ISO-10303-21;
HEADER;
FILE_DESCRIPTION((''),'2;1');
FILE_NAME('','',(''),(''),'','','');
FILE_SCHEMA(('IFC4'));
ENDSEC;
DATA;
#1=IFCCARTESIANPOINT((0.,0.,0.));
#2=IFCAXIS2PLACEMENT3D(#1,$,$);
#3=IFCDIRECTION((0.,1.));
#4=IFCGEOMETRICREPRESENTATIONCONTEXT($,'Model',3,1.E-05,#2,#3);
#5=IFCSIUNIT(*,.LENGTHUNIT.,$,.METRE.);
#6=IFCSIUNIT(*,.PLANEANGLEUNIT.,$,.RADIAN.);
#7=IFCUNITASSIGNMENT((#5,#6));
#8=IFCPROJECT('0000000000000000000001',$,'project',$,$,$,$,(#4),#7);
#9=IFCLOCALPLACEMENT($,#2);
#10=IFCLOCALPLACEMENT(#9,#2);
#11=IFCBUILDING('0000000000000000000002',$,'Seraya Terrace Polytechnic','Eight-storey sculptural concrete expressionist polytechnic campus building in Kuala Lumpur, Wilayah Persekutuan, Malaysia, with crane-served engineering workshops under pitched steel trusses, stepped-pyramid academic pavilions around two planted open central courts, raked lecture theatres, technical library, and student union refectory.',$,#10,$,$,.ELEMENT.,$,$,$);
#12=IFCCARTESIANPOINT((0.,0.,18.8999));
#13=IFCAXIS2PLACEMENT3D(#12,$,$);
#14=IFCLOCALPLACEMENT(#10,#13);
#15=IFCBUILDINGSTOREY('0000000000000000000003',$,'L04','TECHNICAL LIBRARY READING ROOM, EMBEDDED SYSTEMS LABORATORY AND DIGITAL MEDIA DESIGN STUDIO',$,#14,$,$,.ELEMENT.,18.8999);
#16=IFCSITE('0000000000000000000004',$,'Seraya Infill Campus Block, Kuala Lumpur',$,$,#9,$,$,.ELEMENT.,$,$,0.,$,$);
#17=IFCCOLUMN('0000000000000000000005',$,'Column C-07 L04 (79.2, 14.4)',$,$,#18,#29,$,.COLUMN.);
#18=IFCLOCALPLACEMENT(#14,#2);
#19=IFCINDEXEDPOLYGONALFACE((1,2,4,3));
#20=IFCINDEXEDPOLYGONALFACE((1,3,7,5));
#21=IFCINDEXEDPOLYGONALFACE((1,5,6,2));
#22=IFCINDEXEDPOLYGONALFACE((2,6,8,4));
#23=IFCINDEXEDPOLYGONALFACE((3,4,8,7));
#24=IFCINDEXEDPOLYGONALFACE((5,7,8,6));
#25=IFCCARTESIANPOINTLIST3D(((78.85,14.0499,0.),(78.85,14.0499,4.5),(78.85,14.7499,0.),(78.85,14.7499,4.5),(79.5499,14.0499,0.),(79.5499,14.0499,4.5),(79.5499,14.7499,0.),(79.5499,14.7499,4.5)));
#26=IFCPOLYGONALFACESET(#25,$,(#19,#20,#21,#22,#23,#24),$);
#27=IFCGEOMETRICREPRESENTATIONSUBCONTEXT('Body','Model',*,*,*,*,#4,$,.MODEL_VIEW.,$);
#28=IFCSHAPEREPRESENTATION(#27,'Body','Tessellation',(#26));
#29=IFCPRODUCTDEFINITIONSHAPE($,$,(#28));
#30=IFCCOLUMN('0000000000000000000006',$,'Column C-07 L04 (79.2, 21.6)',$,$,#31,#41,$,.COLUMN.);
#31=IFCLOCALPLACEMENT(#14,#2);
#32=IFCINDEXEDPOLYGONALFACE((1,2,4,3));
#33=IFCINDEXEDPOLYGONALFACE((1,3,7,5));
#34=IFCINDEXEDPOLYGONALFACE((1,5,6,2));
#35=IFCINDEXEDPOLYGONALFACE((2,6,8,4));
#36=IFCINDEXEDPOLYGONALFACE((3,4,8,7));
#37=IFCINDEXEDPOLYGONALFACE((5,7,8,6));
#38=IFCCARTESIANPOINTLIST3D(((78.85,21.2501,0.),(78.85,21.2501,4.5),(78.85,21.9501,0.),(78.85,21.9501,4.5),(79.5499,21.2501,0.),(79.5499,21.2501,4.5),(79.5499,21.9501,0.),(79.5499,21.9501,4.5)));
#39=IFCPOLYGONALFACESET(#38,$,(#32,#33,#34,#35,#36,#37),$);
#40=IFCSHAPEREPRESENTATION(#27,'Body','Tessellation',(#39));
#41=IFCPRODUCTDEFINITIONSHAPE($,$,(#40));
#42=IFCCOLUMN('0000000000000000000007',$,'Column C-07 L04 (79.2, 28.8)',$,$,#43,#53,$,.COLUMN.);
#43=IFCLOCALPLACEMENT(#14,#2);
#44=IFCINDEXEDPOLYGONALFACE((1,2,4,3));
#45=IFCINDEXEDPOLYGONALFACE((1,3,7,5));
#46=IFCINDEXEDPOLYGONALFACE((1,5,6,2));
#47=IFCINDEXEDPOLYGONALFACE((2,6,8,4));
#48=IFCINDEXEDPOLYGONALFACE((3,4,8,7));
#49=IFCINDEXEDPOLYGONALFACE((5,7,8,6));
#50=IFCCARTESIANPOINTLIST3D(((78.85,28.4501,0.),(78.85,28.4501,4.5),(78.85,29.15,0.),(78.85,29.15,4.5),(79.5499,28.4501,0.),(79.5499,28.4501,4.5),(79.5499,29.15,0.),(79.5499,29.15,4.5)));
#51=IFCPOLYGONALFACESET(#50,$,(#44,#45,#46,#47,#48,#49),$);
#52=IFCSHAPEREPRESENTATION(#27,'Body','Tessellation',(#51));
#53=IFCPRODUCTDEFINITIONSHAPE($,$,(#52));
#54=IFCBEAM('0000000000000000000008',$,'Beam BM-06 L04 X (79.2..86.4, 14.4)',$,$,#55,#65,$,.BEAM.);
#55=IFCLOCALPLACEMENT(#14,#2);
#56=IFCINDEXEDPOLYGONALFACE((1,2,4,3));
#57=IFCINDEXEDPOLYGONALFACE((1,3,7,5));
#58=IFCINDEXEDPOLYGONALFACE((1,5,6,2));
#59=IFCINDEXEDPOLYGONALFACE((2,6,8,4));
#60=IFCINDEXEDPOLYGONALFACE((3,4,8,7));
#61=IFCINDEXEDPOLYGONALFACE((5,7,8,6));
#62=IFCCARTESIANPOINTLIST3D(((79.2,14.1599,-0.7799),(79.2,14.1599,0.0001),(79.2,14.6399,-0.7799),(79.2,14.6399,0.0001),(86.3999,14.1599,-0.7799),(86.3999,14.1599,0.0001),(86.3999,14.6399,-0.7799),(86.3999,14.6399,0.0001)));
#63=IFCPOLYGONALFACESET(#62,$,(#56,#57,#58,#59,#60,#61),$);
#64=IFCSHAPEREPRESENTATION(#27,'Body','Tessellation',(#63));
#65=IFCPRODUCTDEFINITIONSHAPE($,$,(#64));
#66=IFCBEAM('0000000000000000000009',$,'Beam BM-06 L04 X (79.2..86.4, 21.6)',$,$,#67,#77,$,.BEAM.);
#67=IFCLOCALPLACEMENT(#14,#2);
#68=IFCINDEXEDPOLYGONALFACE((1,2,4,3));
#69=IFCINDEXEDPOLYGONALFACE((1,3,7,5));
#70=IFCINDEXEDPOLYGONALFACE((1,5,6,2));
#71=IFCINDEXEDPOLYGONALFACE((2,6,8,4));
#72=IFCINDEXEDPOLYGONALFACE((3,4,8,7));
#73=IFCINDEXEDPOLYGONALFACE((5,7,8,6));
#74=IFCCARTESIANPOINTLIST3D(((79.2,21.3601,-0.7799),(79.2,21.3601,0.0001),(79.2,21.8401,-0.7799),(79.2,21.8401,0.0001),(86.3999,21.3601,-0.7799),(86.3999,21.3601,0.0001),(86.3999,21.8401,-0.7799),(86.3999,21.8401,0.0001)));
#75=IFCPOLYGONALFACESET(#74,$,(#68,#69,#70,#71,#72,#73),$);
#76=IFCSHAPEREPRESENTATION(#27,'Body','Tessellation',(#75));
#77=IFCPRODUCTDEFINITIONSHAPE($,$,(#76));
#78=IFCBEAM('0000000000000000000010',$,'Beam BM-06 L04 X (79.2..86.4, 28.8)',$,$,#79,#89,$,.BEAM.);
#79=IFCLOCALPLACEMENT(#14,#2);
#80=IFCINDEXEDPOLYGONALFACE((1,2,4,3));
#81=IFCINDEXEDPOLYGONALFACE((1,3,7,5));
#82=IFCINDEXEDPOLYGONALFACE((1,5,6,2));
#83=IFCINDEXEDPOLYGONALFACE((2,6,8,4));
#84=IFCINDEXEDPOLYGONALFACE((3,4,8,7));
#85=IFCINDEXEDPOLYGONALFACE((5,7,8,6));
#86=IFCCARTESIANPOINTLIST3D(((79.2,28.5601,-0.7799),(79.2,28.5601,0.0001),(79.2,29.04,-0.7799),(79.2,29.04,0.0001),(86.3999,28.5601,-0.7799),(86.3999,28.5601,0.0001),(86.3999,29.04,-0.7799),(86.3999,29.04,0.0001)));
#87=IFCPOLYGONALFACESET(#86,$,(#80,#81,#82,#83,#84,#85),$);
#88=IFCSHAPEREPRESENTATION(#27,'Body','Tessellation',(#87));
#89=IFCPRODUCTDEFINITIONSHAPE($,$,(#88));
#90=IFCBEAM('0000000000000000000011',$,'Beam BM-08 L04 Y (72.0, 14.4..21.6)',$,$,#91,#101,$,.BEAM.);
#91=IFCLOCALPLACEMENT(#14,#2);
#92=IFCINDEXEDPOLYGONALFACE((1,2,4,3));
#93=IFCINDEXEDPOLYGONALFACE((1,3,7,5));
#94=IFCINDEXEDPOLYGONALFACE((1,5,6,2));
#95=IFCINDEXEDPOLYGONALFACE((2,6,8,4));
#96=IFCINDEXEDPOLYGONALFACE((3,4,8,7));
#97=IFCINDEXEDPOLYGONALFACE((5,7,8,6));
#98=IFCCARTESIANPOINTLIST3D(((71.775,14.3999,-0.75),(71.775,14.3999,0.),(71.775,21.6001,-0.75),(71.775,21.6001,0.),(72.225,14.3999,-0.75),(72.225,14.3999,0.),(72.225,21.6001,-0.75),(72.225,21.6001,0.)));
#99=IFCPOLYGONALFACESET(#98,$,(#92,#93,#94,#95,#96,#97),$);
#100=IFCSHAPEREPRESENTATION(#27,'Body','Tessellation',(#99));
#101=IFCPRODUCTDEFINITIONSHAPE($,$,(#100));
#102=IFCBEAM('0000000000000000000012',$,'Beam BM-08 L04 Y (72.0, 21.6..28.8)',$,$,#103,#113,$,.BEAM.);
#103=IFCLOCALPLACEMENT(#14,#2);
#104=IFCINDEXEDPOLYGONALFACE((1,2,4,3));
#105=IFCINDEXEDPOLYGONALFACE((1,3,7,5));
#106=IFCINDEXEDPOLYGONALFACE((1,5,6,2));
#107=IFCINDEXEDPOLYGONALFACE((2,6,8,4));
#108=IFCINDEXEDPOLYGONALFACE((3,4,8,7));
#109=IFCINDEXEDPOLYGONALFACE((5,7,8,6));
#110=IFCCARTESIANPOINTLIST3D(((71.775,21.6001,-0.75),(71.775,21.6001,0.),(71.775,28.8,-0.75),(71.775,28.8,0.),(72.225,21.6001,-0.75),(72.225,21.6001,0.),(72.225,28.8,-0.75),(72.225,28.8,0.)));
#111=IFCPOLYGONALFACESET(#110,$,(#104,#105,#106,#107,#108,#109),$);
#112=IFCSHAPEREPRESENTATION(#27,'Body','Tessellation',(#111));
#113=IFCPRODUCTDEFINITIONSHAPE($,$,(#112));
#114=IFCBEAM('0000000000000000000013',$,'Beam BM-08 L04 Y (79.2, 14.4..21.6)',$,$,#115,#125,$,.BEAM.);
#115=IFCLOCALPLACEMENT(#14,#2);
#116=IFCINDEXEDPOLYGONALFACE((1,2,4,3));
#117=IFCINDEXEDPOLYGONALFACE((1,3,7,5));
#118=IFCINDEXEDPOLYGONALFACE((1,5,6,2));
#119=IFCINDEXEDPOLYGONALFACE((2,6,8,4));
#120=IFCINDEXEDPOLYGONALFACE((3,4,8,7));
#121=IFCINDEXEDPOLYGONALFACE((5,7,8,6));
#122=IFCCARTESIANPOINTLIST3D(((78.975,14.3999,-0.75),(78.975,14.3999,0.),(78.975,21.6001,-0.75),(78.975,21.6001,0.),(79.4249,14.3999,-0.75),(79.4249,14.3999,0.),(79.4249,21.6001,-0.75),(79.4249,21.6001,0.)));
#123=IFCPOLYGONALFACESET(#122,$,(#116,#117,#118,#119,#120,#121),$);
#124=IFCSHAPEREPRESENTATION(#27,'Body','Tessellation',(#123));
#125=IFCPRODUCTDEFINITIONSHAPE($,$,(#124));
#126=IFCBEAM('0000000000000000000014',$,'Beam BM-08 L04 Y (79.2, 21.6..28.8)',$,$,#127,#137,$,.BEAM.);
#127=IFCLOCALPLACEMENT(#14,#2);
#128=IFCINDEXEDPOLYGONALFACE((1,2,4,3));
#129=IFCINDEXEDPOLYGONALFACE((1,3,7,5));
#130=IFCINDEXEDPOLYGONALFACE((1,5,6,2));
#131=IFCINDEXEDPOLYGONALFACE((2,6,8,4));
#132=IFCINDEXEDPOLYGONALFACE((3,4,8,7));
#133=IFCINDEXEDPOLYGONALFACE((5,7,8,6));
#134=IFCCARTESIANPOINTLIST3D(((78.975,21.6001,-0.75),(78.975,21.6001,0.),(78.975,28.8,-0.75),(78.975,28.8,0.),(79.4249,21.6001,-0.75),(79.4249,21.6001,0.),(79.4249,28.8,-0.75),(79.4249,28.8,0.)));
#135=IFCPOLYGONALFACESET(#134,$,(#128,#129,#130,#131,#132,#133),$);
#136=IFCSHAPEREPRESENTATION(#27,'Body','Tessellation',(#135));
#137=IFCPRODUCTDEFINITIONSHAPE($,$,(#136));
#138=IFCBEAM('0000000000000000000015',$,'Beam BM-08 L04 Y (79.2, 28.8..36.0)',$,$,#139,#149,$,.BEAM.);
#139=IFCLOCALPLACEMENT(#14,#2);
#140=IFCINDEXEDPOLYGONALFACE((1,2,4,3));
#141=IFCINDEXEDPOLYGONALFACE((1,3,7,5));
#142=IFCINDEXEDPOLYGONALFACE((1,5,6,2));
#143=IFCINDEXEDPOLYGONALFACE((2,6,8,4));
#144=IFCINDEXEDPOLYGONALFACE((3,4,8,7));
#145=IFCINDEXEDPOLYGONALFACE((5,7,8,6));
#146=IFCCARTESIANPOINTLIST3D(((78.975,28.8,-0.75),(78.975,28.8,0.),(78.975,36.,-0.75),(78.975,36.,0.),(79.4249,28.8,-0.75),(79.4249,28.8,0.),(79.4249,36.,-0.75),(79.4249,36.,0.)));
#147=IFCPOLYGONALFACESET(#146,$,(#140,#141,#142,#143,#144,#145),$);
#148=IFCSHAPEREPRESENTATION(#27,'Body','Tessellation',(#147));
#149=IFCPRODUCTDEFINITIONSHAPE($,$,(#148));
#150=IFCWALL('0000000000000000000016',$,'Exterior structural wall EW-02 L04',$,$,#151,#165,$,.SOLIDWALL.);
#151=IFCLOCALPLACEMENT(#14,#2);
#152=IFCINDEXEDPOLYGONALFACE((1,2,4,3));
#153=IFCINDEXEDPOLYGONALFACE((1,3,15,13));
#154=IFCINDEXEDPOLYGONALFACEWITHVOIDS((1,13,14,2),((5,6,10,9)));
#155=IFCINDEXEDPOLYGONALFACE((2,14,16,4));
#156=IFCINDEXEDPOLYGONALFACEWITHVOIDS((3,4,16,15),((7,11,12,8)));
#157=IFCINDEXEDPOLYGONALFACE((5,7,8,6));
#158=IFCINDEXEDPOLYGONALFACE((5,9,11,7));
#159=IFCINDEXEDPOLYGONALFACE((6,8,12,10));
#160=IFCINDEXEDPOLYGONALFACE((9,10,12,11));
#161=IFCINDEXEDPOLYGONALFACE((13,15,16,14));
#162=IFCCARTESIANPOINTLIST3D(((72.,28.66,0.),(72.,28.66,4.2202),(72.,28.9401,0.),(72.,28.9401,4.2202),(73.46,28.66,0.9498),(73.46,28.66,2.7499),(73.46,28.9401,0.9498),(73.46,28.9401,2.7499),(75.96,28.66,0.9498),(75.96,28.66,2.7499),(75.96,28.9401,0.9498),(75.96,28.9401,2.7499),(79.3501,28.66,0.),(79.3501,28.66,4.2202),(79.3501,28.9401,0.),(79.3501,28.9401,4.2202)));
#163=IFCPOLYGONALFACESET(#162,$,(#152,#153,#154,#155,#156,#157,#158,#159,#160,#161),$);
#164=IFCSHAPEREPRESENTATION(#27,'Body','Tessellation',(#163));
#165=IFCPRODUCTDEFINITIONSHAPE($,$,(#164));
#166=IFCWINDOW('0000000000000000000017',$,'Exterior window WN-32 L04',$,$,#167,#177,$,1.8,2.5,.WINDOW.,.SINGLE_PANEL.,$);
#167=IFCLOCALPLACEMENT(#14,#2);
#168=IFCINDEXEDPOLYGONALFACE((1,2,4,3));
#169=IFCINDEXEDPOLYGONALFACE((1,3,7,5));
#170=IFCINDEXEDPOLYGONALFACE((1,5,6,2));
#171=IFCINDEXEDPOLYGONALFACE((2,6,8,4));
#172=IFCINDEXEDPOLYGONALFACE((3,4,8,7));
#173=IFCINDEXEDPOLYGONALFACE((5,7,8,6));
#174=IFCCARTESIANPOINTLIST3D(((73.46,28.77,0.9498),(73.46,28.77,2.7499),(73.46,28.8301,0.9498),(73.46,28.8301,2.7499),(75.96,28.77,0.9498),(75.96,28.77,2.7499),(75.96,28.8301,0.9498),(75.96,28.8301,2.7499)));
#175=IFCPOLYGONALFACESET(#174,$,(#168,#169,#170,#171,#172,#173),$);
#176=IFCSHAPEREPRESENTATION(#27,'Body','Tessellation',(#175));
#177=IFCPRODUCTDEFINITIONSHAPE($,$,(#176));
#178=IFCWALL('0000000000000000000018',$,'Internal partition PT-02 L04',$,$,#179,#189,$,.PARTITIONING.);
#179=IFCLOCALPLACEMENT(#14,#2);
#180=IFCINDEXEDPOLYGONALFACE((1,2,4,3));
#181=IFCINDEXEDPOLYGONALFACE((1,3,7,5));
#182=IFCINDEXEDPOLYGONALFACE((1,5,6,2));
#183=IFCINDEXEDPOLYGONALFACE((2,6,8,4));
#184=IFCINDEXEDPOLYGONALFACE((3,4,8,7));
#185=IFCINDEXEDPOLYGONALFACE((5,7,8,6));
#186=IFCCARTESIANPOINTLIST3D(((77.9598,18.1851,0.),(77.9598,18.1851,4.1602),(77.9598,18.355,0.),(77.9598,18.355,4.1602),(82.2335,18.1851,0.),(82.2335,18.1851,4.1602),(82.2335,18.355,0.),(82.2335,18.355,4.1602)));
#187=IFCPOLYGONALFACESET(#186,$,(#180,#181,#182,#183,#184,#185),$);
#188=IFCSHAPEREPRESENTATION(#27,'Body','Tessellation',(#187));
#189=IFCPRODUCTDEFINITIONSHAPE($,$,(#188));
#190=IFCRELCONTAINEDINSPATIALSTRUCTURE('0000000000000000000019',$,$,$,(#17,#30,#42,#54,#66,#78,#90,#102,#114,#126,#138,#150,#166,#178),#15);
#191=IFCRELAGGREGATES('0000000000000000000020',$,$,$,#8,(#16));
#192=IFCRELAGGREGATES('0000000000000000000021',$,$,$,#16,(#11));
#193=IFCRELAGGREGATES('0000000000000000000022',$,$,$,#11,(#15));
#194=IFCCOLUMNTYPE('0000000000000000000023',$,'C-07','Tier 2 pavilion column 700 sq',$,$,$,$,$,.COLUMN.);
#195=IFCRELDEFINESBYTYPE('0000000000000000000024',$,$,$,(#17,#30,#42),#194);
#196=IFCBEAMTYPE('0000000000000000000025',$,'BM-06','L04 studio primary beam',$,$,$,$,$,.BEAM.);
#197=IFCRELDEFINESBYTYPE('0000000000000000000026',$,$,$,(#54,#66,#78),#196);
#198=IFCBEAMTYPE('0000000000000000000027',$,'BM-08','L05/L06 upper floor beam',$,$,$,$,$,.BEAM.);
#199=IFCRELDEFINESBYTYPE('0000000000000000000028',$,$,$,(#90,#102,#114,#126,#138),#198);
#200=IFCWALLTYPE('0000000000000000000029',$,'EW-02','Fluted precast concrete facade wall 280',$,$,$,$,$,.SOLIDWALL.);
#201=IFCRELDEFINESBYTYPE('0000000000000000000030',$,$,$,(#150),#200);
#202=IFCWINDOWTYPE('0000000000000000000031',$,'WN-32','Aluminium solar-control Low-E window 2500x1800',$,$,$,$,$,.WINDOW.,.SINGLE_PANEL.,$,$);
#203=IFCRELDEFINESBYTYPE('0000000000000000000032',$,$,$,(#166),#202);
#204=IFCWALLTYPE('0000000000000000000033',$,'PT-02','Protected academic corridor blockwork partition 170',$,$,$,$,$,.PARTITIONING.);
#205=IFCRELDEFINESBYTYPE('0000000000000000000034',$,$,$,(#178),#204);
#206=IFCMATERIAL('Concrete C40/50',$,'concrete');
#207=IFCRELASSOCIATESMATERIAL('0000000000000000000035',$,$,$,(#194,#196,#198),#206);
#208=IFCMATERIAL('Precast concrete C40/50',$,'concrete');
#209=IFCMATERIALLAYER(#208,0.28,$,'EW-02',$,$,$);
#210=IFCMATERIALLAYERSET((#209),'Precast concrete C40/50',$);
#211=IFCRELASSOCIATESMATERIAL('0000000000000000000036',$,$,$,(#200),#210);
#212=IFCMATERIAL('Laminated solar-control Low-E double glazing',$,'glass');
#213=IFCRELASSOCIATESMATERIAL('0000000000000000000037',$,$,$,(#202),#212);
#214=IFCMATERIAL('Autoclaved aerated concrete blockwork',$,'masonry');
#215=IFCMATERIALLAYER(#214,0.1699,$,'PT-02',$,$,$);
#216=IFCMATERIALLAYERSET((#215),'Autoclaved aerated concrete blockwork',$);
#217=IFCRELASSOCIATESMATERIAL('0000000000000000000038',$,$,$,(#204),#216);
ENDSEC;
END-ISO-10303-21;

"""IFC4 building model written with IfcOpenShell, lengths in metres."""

from ifc_helpers import new_model, si_unit, direction, frame, frame_2d, origin, origin_2d, place, context, subcontext, project, spatial, rectangle, extrude, material, layer, layer_set, material_profile, profile_set, type_object, element, fill, save


model = new_model("IFC4")

# Units and contexts
model_context = context("Model", 3, precision=1e-05, world=origin(), true_north=direction((0.0, 1.0)))
body_context = subcontext(model_context, "Body", "Model", "MODEL_VIEW")
ifc_project = project(units=[si_unit("LENGTHUNIT", "METRE"), si_unit("PLANEANGLEUNIT", "RADIAN")], contexts=[model_context])

# Site, building, storey
site_placement = place(None, origin())
site = spatial("IfcSite", under=ifc_project, at=site_placement, Name="Seraya Infill Campus Block, Kuala Lumpur", CompositionType="ELEMENT", RefElevation=0.0)
building_placement = place(site_placement, origin())
building = spatial("IfcBuilding", under=site, at=building_placement, Name="Seraya Terrace Polytechnic", Description="Eight-storey sculptural concrete expressionist polytechnic campus building in Kuala Lumpur, Wilayah Persekutuan, Malaysia, with crane-served engineering workshops under pitched steel trusses, stepped-pyramid academic pavilions around two planted open central courts, raked lecture theatres, technical library, and student union refectory.", CompositionType="ELEMENT")
storey_placement = place(building_placement, frame((0.0, 0.0, 18.8999)))
storey = spatial("IfcBuildingStorey", under=building, at=storey_placement, Name="L04", Description="TECHNICAL LIBRARY READING ROOM, EMBEDDED SYSTEMS LABORATORY AND DIGITAL MEDIA DESIGN STUDIO", CompositionType="ELEMENT", Elevation=18.8999)

# Columns
ifc_material_1 = material(Name="Concrete C40/50", Category="concrete")
ifc_material_profile_1 = material_profile(ifc_material_1, rectangle(XDim=0.7, YDim=0.7, at=origin_2d()), Name="RC 700x700")
ifc_profile_set_1 = profile_set([ifc_material_profile_1], Name="Concrete C40/50")
column_type = type_object("IfcColumnType", Name="C-07", Description="Tier 2 pavilion column 700 sq", PredefinedType="COLUMN", material=ifc_profile_set_1)
for number, where, z_axis, x_axis, name in (
    (1, (79.2, 14.3999, 0.0), (0.0, 0.0, 1.0), (1.0, 0.0, 0.0), "Column C-07 L04 (79.2, 14.4)"),
    (2, (79.2, 21.6001, 0.0), (0.0, 0.0, 1.0), (1.0, 0.0, 0.0), "Column C-07 L04 (79.2, 21.6)"),
    (3, (79.2, 28.8, 0.0), (0.0, 0.0, 1.0), (1.0, 0.0, 0.0), "Column C-07 L04 (79.2, 28.8)"),
):
    element("IfcColumn", number, at=place(storey_placement, frame(where, z_axis=z_axis, x_axis=x_axis)), inside=storey, type_object=column_type, Name=name, PredefinedType="COLUMN", context=body_context, shape_type="SweptSolid", body=[
        extrude(rectangle(XDim=0.7, YDim=0.7, at=origin_2d()), origin(), (0.0, 0.0, 1.0), 4.5),
    ])

# Beams
ifc_material_profile_2 = material_profile(ifc_material_1, rectangle(XDim=0.48, YDim=0.78, at=origin_2d()), Name="RC 480x780")
ifc_profile_set_2 = profile_set([ifc_material_profile_2], Name="Concrete C40/50")
beam_type_1 = type_object("IfcBeamType", Name="BM-06", Description="L04 studio primary beam", PredefinedType="BEAM", material=ifc_profile_set_2)
for number, where, z_axis, x_axis, name in (
    (4, (79.2, 14.3999, -0.3899), (1.0, 0.0, 0.0), (0.0, 1.0, 0.0), "Beam BM-06 L04 X (79.2..86.4, 14.4)"),
    (5, (79.2, 21.6001, -0.3899), (1.0, 0.0, 0.0), (0.0, 1.0, 0.0), "Beam BM-06 L04 X (79.2..86.4, 21.6)"),
    (6, (79.2, 28.8, -0.3899), (1.0, 0.0, 0.0), (0.0, 1.0, 0.0), "Beam BM-06 L04 X (79.2..86.4, 28.8)"),
):
    element("IfcBeam", number, at=place(storey_placement, frame(where, z_axis=z_axis, x_axis=x_axis)), inside=storey, type_object=beam_type_1, Name=name, PredefinedType="BEAM", context=body_context, shape_type="SweptSolid", body=[
        extrude(rectangle(XDim=0.48, YDim=0.78, at=origin_2d()), origin(), (0.0, 0.0, 1.0), 7.2),
    ])
ifc_material_profile_3 = material_profile(ifc_material_1, rectangle(XDim=0.45, YDim=0.75, at=origin_2d()), Name="RC 450x750")
ifc_profile_set_3 = profile_set([ifc_material_profile_3], Name="Concrete C40/50")
beam_type_2 = type_object("IfcBeamType", Name="BM-08", Description="L05/L06 upper floor beam", PredefinedType="BEAM", material=ifc_profile_set_3)
beam_1_placement = place(storey_placement, frame((72.0, 14.3999, -0.375), z_axis=(0.0, 1.0, 0.0), x_axis=(-1.0, 0.0, 0.0)))
element("IfcBeam", 7, at=beam_1_placement, inside=storey, type_object=beam_type_2, Name="Beam BM-08 L04 Y (72.0, 14.4..21.6)", PredefinedType="BEAM", context=body_context, shape_type="SweptSolid", body=[
    extrude(rectangle(XDim=0.45, YDim=0.75, at=origin_2d()), origin(), (0.0, 0.0, 1.0), 7.2002),
])
beam_2_placement = place(storey_placement, frame((72.0, 21.6001, -0.375), z_axis=(0.0, 1.0, 0.0), x_axis=(-1.0, 0.0, 0.0)))
element("IfcBeam", 8, at=beam_2_placement, inside=storey, type_object=beam_type_2, Name="Beam BM-08 L04 Y (72.0, 21.6..28.8)", PredefinedType="BEAM", context=body_context, shape_type="SweptSolid", body=[
    extrude(rectangle(XDim=0.45, YDim=0.75, at=origin_2d()), origin(), (0.0, 0.0, 1.0), 7.2),
])
beam_3_placement = place(storey_placement, frame((79.2, 14.3999, -0.375), z_axis=(0.0, 1.0, 0.0), x_axis=(-1.0, 0.0, 0.0)))
element("IfcBeam", 9, at=beam_3_placement, inside=storey, type_object=beam_type_2, Name="Beam BM-08 L04 Y (79.2, 14.4..21.6)", PredefinedType="BEAM", context=body_context, shape_type="SweptSolid", body=[
    extrude(rectangle(XDim=0.45, YDim=0.75, at=origin_2d()), origin(), (0.0, 0.0, 1.0), 7.2002),
])
for number, where, z_axis, x_axis, name in (
    (10, (79.2, 21.6001, -0.375), (0.0, 1.0, 0.0), (-1.0, 0.0, 0.0), "Beam BM-08 L04 Y (79.2, 21.6..28.8)"),
    (11, (79.2, 28.8, -0.375), (0.0, 1.0, 0.0), (-1.0, 0.0, 0.0), "Beam BM-08 L04 Y (79.2, 28.8..36.0)"),
):
    element("IfcBeam", number, at=place(storey_placement, frame(where, z_axis=z_axis, x_axis=x_axis)), inside=storey, type_object=beam_type_2, Name=name, PredefinedType="BEAM", context=body_context, shape_type="SweptSolid", body=[
        extrude(rectangle(XDim=0.45, YDim=0.75, at=origin_2d()), origin(), (0.0, 0.0, 1.0), 7.2),
    ])

# Wall, opening, window
ifc_material_2 = material(Name="Precast concrete C40/50", Category="concrete")
ifc_layer_1 = layer(ifc_material_2, 0.28, Name="EW-02")
ifc_layer_set_1 = layer_set([ifc_layer_1], Name="Precast concrete C40/50")
wall_type_1 = type_object("IfcWallType", Name="EW-02", Description="Fluted precast concrete facade wall 280", PredefinedType="SOLIDWALL", material=ifc_layer_set_1)
wall_1_placement = place(storey_placement, frame((72.0, 28.8, 0.0), z_axis=(0.0, 0.0, 1.0), x_axis=(1.0, 0.0, 0.0)))
wall_1 = element("IfcWall", 12, at=wall_1_placement, inside=storey, type_object=wall_type_1, Name="Exterior structural wall EW-02 L04", PredefinedType="SOLIDWALL", context=body_context, shape_type="SweptSolid", body=[
    extrude(rectangle(XDim=7.3501, YDim=0.28, at=frame_2d((3.675, 0.0))), origin(), (0.0, 0.0, 1.0), 4.2202),
])
opening_1_placement = place(wall_1_placement, frame((1.46, 0.0, 0.95)))
opening_1 = element("IfcOpeningElement", 13, at=opening_1_placement, cuts=wall_1, PredefinedType="OPENING", context=body_context, shape_type="SweptSolid", body=[
    extrude(rectangle(XDim=2.5, YDim=1.8, at=frame_2d((1.25, 0.8999))), frame((0.0, 0.1519, 0.0), z_axis=(0.0, -1.0, 0.0), x_axis=(1.0, 0.0, 0.0)), (0.0, 0.0, 1.0), 0.304),
])
ifc_material_3 = material(Name="Laminated solar-control Low-E double glazing", Category="glass")
window_type_1 = type_object("IfcWindowType", Name="WN-32", Description="Aluminium solar-control Low-E window 2500x1800", PartitioningType="SINGLE_PANEL", PredefinedType="WINDOW", material=ifc_material_3)
window_1_placement = place(opening_1_placement, origin())
window_1 = element("IfcWindow", 14, at=window_1_placement, inside=storey, type_object=window_type_1, Name="Exterior window WN-32 L04", OverallHeight=1.8, OverallWidth=2.5, PartitioningType="SINGLE_PANEL", PredefinedType="WINDOW", context=body_context, shape_type="SweptSolid", body=[
    extrude(rectangle(XDim=2.5, YDim=1.8, at=frame_2d((1.25, 0.8999))), frame((0.0, 0.03, 0.0), z_axis=(0.0, -1.0, 0.0), x_axis=(1.0, 0.0, 0.0)), (0.0, 0.0, 1.0), 0.0601),
])
fill(opening_1, window_1)

# Wall
ifc_material_4 = material(Name="Autoclaved aerated concrete blockwork", Category="masonry")
ifc_layer_2 = layer(ifc_material_4, 0.1699, Name="PT-02")
ifc_layer_set_2 = layer_set([ifc_layer_2], Name="Autoclaved aerated concrete blockwork")
wall_type_2 = type_object("IfcWallType", Name="PT-02", Description="Protected academic corridor blockwork partition 170", PredefinedType="PARTITIONING", material=ifc_layer_set_2)
wall_2_placement = place(storey_placement, frame((77.96, 18.27, 0.0), z_axis=(0.0, 0.0, 1.0), x_axis=(1.0, 0.0, 0.0)))
element("IfcWall", 15, at=wall_2_placement, inside=storey, type_object=wall_type_2, Name="Internal partition PT-02 L04", PredefinedType="PARTITIONING", context=body_context, shape_type="SweptSolid", body=[
    extrude(rectangle(XDim=4.2737, YDim=0.1699, at=frame_2d((2.1367, 0.0))), origin(), (0.0, 0.0, 1.0), 4.1602),
])

save(model, "model.ifc")
